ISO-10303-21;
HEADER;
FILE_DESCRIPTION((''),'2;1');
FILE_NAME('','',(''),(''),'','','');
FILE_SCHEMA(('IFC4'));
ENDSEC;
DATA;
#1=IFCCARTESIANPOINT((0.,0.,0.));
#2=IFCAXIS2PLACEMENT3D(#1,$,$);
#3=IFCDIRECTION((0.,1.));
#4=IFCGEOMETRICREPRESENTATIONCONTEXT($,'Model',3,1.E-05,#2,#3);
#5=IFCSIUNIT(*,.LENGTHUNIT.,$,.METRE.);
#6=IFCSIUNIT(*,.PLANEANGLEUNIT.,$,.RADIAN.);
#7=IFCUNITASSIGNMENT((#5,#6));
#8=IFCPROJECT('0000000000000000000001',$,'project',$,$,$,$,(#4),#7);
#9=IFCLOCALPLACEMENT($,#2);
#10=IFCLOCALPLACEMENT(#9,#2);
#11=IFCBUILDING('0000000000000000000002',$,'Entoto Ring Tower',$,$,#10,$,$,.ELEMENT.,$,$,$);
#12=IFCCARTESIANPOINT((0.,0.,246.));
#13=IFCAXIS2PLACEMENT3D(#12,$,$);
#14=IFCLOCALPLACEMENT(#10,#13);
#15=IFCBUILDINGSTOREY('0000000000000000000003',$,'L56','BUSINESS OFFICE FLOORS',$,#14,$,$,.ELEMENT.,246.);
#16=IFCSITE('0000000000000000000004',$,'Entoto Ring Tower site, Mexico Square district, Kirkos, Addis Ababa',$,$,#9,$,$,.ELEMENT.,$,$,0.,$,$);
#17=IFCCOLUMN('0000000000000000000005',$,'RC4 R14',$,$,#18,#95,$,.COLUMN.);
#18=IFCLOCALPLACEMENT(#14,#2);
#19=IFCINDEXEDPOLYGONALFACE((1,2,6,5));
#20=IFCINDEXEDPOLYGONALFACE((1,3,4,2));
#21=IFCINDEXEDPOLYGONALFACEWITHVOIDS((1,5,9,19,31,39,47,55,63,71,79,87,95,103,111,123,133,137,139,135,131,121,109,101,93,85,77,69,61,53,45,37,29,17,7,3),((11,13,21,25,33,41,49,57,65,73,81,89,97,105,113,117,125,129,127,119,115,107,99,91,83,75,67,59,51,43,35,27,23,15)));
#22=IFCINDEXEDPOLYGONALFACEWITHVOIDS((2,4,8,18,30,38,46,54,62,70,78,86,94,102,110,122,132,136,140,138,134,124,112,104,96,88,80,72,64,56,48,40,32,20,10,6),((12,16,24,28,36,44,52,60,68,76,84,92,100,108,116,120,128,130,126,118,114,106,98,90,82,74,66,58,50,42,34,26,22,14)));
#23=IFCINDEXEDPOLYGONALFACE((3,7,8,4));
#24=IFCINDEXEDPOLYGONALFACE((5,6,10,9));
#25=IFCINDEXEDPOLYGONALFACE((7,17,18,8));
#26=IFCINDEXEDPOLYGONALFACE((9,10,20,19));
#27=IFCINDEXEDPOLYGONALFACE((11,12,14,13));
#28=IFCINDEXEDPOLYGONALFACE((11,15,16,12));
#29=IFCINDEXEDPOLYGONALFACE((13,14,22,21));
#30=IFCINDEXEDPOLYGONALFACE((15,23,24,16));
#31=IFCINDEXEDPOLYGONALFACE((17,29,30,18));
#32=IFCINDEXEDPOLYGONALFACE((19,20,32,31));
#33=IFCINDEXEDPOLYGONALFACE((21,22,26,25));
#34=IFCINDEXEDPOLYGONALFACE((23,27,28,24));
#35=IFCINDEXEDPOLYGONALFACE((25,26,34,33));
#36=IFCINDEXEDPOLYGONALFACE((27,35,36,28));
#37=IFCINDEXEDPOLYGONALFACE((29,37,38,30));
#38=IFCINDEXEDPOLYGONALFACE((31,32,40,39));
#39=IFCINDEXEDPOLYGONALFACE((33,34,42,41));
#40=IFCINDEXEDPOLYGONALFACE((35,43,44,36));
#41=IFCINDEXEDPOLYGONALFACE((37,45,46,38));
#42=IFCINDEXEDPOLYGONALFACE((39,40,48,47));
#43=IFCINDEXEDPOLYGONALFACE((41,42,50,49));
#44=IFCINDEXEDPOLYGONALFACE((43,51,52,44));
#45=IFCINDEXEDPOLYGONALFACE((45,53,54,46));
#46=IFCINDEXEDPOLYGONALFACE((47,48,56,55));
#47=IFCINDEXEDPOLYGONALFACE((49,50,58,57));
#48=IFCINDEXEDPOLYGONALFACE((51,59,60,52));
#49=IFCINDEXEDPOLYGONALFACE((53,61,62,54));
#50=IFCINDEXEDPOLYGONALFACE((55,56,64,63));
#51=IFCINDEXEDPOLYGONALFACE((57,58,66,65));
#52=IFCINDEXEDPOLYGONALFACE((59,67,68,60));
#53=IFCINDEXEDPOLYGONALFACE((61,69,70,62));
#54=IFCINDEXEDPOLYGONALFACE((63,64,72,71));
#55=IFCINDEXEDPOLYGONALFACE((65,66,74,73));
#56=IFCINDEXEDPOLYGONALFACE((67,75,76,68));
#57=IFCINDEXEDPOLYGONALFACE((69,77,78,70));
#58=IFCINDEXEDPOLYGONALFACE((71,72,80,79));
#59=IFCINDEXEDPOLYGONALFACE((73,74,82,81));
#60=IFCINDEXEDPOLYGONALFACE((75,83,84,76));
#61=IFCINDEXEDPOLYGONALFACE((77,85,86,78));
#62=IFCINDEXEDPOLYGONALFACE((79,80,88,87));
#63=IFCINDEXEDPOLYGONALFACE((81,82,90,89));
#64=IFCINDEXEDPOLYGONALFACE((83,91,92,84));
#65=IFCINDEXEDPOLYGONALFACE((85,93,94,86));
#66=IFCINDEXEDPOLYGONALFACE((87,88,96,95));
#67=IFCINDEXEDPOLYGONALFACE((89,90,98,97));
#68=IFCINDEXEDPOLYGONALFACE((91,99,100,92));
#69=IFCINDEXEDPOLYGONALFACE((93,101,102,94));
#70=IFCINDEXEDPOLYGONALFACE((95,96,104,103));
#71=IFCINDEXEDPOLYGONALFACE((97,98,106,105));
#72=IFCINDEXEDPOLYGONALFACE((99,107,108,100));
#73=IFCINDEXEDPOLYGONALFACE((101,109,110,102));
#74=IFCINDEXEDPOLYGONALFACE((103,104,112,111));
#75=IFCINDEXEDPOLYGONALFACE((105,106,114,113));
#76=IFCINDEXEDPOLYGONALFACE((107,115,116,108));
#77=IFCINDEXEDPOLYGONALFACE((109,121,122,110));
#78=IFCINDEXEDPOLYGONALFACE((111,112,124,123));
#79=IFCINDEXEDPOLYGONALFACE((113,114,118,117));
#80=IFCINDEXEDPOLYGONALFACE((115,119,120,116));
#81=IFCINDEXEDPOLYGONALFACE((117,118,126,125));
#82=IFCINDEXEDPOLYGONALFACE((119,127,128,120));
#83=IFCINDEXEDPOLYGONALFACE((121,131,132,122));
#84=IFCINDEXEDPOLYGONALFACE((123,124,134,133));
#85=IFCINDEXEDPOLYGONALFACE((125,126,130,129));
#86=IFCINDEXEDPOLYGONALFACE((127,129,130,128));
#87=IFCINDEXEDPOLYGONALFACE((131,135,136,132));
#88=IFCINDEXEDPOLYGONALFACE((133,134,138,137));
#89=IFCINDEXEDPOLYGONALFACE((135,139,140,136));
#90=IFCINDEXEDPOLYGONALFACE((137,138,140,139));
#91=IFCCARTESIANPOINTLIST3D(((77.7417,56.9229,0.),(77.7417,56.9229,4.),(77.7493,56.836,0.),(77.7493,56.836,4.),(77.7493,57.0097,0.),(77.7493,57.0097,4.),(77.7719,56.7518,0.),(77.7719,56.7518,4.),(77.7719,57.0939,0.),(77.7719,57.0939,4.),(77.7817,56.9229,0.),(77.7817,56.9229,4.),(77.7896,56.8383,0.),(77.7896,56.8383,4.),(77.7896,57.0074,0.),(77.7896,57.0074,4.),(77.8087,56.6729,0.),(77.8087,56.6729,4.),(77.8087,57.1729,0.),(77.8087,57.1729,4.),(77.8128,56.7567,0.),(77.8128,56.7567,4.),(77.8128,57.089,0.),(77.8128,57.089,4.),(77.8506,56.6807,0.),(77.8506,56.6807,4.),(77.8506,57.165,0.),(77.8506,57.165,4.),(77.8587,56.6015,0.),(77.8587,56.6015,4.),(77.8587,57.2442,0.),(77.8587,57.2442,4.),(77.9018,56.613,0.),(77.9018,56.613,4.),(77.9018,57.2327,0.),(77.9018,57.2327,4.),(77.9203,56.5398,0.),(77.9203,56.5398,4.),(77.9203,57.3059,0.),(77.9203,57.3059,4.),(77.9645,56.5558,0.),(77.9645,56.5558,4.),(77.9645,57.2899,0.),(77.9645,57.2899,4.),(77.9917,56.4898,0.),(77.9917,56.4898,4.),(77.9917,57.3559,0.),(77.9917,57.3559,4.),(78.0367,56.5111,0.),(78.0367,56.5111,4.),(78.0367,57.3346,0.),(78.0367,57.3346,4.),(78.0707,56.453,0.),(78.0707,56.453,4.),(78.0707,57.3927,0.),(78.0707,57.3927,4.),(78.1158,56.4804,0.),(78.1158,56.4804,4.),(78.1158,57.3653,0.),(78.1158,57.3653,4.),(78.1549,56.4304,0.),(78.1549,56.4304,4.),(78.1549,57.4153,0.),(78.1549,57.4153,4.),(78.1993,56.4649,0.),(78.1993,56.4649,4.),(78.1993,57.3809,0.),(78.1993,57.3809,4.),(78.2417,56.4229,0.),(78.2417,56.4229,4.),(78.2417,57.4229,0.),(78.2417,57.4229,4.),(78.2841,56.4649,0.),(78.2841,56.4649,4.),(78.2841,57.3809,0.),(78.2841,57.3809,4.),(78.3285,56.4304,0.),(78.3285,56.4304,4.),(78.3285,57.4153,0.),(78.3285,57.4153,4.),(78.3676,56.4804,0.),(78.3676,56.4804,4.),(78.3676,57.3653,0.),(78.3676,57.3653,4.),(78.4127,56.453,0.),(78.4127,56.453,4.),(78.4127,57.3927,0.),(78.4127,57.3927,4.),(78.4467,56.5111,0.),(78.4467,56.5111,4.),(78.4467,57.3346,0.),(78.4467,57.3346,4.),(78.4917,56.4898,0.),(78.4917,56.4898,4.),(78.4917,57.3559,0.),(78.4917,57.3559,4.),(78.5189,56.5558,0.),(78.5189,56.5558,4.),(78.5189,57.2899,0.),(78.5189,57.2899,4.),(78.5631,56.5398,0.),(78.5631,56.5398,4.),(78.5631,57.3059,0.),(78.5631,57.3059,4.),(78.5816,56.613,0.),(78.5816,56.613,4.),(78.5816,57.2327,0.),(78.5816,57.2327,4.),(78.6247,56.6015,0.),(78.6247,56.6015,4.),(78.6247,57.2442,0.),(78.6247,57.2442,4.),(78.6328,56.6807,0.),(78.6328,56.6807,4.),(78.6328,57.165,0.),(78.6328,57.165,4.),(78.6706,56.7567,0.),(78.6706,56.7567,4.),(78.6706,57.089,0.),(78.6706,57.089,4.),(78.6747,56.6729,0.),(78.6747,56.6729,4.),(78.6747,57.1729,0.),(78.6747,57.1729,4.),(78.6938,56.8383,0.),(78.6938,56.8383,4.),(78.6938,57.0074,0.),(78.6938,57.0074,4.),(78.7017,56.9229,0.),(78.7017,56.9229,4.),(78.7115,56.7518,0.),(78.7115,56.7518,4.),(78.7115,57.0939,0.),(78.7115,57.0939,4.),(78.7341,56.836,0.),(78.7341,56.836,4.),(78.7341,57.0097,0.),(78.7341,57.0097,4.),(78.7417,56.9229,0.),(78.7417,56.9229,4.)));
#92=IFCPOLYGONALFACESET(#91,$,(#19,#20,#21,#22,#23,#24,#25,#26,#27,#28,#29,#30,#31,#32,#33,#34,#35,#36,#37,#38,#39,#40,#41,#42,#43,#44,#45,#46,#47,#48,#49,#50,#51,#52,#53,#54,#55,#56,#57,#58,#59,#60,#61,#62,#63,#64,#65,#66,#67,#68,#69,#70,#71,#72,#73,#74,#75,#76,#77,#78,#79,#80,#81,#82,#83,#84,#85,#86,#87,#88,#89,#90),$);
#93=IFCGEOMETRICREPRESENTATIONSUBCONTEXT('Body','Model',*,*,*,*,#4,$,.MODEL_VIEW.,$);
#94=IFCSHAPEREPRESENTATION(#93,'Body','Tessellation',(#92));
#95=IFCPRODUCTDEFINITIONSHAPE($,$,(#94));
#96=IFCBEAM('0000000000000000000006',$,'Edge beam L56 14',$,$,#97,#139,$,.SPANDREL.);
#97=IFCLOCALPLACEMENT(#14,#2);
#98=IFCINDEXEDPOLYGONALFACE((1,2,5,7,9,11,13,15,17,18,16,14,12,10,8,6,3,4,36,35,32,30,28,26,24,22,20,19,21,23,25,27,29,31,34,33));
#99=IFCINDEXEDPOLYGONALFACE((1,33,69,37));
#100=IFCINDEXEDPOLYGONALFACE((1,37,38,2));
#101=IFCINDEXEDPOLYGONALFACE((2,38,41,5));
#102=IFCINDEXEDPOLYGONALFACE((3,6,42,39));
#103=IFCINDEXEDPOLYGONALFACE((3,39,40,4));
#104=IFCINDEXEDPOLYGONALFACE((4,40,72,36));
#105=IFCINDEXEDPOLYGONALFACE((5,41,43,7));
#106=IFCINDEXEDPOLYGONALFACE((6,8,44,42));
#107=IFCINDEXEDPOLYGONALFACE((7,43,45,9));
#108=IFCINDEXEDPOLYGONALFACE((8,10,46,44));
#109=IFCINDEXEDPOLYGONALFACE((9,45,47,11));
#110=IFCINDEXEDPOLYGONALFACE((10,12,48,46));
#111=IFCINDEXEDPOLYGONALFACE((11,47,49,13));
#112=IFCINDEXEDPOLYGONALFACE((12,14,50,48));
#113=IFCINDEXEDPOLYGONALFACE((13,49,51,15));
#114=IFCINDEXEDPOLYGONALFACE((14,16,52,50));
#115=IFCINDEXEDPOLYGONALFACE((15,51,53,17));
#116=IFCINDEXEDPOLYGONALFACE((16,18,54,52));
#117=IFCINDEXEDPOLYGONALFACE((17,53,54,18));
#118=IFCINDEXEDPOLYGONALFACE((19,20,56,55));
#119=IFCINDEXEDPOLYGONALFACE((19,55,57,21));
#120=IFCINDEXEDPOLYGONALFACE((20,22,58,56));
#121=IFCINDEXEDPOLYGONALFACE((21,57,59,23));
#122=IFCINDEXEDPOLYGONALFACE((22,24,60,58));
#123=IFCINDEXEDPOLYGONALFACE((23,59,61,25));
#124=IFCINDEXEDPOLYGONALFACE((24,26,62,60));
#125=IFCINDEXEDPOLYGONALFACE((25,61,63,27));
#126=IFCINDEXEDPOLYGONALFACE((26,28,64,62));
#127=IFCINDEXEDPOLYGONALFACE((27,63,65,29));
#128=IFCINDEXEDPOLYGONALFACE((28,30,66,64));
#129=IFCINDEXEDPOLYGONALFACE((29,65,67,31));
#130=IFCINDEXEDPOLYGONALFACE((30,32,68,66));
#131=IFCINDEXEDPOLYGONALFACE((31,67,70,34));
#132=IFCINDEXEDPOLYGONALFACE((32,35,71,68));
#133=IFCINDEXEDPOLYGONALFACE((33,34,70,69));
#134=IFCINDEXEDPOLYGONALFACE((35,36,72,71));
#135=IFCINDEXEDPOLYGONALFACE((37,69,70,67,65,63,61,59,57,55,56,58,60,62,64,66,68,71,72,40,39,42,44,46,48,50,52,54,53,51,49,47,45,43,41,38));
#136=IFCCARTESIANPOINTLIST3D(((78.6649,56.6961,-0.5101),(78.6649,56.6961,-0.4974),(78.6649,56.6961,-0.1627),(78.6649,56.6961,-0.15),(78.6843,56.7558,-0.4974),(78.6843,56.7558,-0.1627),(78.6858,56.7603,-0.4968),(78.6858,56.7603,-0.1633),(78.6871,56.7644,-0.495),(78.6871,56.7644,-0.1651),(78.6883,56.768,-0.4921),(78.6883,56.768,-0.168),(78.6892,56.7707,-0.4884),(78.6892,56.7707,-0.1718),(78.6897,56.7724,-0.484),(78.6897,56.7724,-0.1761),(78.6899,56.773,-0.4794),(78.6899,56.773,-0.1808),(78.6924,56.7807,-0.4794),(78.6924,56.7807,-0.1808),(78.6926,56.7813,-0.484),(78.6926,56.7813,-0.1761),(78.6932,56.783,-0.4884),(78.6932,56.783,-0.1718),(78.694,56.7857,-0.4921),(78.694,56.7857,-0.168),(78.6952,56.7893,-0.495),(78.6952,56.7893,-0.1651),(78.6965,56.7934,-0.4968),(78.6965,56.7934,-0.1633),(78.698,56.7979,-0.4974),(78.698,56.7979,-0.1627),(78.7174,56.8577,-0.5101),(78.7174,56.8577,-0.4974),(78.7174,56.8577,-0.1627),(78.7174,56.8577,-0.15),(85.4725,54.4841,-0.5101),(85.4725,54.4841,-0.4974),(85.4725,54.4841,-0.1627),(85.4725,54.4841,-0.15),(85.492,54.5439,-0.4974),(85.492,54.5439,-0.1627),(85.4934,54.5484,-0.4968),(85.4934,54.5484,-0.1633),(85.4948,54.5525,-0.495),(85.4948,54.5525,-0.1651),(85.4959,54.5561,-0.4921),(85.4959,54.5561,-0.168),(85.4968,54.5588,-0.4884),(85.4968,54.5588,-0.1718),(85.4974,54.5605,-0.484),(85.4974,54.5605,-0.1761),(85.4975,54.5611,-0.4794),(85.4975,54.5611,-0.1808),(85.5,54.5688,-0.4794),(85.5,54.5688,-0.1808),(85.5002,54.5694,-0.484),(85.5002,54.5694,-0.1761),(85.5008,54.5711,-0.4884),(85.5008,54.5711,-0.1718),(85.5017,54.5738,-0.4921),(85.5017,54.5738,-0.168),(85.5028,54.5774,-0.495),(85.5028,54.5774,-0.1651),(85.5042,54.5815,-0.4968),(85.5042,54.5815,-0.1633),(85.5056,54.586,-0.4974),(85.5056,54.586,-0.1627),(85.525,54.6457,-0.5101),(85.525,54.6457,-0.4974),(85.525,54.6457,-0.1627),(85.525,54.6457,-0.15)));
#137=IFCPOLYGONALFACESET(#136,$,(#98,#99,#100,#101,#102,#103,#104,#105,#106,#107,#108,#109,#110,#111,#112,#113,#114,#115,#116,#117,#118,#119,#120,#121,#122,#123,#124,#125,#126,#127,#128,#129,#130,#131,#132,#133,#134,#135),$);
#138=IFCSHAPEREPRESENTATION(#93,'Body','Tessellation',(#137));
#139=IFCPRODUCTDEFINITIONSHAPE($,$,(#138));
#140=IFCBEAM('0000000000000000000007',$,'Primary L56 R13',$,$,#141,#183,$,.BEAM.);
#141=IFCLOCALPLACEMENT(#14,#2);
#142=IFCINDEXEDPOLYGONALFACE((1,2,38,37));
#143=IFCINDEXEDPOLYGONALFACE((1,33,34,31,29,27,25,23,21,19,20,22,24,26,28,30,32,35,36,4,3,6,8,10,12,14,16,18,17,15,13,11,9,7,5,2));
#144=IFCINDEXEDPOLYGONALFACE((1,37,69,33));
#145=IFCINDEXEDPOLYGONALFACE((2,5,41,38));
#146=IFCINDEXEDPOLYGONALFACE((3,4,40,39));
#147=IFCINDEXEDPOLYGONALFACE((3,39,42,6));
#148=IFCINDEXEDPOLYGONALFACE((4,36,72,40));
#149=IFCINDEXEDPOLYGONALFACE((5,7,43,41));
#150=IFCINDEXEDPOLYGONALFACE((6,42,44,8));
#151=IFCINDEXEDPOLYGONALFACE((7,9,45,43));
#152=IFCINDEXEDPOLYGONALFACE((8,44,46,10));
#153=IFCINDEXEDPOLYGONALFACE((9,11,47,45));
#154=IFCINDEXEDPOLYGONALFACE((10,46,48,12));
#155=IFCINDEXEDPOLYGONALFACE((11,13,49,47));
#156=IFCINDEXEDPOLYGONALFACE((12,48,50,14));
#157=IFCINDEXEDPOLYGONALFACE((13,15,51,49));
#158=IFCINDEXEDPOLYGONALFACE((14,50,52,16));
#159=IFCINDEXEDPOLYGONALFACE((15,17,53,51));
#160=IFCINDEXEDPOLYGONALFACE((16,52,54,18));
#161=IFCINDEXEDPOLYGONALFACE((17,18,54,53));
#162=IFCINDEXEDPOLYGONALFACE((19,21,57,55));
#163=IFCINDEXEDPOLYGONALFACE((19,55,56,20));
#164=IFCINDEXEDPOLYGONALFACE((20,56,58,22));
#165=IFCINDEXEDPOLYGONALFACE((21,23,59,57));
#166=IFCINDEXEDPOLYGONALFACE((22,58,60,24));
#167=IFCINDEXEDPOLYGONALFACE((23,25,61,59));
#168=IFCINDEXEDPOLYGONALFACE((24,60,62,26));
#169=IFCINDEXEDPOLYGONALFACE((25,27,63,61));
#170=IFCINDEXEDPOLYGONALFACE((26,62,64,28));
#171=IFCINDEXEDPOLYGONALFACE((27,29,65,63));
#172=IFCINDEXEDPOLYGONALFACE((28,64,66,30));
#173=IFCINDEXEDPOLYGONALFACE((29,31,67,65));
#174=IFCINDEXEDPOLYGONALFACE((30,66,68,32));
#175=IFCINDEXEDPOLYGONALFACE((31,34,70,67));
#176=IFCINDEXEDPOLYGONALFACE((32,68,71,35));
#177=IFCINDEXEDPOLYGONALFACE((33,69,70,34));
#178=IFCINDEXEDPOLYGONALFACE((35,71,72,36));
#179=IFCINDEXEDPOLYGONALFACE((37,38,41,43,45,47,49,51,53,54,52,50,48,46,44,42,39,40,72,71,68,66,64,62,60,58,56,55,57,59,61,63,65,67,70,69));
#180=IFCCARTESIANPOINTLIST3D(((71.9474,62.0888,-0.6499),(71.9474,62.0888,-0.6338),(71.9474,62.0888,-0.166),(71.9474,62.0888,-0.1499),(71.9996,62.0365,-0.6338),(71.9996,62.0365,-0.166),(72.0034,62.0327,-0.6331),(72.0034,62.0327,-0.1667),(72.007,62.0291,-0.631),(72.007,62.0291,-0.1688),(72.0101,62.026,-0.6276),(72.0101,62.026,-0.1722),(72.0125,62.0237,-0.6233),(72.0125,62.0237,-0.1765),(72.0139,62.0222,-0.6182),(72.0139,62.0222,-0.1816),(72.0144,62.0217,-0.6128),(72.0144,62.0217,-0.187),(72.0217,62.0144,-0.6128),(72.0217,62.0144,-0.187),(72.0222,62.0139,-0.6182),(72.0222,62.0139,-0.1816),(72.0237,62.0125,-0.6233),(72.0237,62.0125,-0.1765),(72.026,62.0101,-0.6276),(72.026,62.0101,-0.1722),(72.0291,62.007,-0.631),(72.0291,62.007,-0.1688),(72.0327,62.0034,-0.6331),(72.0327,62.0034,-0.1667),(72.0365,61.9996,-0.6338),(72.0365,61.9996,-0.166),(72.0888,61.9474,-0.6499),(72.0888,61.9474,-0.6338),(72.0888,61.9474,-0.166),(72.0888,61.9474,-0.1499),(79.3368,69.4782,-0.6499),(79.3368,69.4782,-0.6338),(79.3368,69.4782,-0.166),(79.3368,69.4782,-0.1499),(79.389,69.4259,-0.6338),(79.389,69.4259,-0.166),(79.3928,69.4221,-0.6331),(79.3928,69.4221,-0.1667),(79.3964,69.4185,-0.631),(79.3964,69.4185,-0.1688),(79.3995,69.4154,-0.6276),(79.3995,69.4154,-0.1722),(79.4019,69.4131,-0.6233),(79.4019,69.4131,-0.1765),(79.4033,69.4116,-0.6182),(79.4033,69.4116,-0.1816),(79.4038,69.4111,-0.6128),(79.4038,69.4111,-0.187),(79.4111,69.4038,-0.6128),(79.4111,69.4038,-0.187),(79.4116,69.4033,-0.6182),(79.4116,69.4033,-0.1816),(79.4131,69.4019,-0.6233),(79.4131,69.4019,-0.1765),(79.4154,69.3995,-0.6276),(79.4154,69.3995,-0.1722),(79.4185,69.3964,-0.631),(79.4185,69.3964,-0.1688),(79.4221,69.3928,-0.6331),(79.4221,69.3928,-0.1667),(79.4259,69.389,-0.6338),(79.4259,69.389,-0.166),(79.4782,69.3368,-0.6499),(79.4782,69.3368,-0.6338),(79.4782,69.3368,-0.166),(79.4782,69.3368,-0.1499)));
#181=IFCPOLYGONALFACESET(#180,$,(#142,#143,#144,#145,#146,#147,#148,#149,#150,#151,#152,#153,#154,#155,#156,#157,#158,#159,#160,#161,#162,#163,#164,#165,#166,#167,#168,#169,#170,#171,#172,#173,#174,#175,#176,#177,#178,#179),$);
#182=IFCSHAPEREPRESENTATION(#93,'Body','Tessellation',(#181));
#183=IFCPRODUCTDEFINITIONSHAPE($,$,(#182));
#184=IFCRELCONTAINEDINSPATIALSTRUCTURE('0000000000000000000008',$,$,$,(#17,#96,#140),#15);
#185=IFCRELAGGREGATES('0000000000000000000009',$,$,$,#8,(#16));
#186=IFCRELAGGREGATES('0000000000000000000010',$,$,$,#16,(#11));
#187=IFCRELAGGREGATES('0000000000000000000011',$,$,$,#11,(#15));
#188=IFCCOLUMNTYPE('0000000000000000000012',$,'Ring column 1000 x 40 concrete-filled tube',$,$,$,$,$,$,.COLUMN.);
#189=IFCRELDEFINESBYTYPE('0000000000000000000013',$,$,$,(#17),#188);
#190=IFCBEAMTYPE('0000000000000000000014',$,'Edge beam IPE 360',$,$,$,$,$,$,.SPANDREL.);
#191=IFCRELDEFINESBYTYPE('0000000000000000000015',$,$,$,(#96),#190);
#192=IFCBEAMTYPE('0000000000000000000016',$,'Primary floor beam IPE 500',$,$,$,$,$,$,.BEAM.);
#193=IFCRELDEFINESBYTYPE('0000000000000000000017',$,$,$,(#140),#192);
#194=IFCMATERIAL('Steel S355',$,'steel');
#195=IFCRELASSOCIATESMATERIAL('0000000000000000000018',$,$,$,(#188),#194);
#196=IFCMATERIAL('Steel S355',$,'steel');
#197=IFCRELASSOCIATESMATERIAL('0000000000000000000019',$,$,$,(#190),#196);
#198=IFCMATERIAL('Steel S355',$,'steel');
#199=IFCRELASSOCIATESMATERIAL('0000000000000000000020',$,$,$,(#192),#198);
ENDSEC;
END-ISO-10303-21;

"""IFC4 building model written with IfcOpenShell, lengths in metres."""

from ifc_helpers import new_model, si_unit, direction, frame, origin, origin_2d, place, context, subcontext, project, spatial, circle, hollow_circle, i_section, extrude, material, material_profile, profile_set, type_object, element, save


model = new_model("IFC4")

# Units and contexts
model_context = context("Model", 3, precision=1e-05, world=origin(), true_north=direction((0.0, 1.0)))
body_context = subcontext(model_context, "Body", "Model", "MODEL_VIEW")
ifc_project = project(units=[si_unit("LENGTHUNIT", "METRE"), si_unit("PLANEANGLEUNIT", "RADIAN")], contexts=[model_context])

# Site, building, storey
site_placement = place(None, origin())
site = spatial("IfcSite", under=ifc_project, at=site_placement, Name="Entoto Ring Tower site, Mexico Square district, Kirkos, Addis Ababa", CompositionType="ELEMENT", RefElevation=0.0)
building_placement = place(site_placement, origin())
building = spatial("IfcBuilding", under=site, at=building_placement, Name="Entoto Ring Tower", CompositionType="ELEMENT")
storey_placement = place(building_placement, frame((0.0, 0.0, 246.0)))
storey = spatial("IfcBuildingStorey", under=building, at=storey_placement, Name="L56", Description="BUSINESS OFFICE FLOORS", CompositionType="ELEMENT", Elevation=246.0)

# Column
ifc_material_1 = material(Name="Steel S355", Category="steel")
ifc_material_profile_1 = material_profile(ifc_material_1, hollow_circle(Radius=0.5, WallThickness=0.04, at=origin_2d()), Name="CHS 1000 x 40")
ifc_material_2 = material(Name="Concrete C60/75", Category="concrete")
ifc_material_profile_2 = material_profile(ifc_material_2, circle(Radius=0.46, at=origin_2d()), Name="Concrete C60/75 infill")
ifc_profile_set_1 = profile_set([ifc_material_profile_1, ifc_material_profile_2], Name="Steel S355")
column_type = type_object("IfcColumnType", Name="Ring column 1000 x 40 concrete-filled tube", PredefinedType="COLUMN", material=ifc_profile_set_1)
column_placement = place(storey_placement, frame((78.2417, 56.9229, 0.0), z_axis=(0.0, 0.0, 1.0), x_axis=(1.0, 0.0, 0.0)))
element("IfcColumn", 1, at=column_placement, inside=storey, type_object=column_type, Name="RC4 R14", PredefinedType="COLUMN", context=body_context, shape_type="SweptSolid", body=[
    extrude(hollow_circle(Radius=0.5, WallThickness=0.04, at=origin_2d()), origin(), (0.0, 0.0, 1.0), 4.0),
])

# Beams
ifc_material_3 = material(Name="Steel S355", Category="steel")
ifc_material_profile_3 = material_profile(ifc_material_3, i_section(OverallWidth=0.1699, OverallDepth=0.3601, WebThickness=0.0081, FlangeThickness=0.0127, FilletRadius=0.0181, at=origin_2d()), Name="IPE 360")
ifc_profile_set_2 = profile_set([ifc_material_profile_3], Name="Steel S355")
beam_type_1 = type_object("IfcBeamType", Name="Edge beam IPE 360", PredefinedType="SPANDREL", material=ifc_profile_set_2)
beam_1_placement = place(storey_placement, frame((78.6912, 56.7769, -0.3301), z_axis=(0.951057, -0.309015, 0.0), x_axis=(0.309015, 0.951057, 0.0)))
element("IfcBeam", 2, at=beam_1_placement, inside=storey, type_object=beam_type_1, Name="Edge beam L56 14", PredefinedType="SPANDREL", context=body_context, shape_type="SweptSolid", body=[
    extrude(i_section(OverallWidth=0.1699, OverallDepth=0.3601, WebThickness=0.0081, FlangeThickness=0.0127, FilletRadius=0.0181, at=origin_2d()), origin(), (0.0, 0.0, 1.0), 7.158),
])
ifc_material_4 = material(Name="Steel S355", Category="steel")
ifc_material_profile_4 = material_profile(ifc_material_4, i_section(OverallWidth=0.2, OverallDepth=0.5, WebThickness=0.0103, FlangeThickness=0.0161, FilletRadius=0.021, at=origin_2d()), Name="IPE 500")
ifc_profile_set_3 = profile_set([ifc_material_profile_4], Name="Steel S355")
beam_type_2 = type_object("IfcBeamType", Name="Primary floor beam IPE 500", PredefinedType="BEAM", material=ifc_profile_set_3)
beam_2_placement = place(storey_placement, frame((79.4075, 69.4075, -0.3999), z_axis=(-0.707107, -0.707107, 0.0), x_axis=(0.707107, -0.707107, 0.0)))
element("IfcBeam", 3, at=beam_2_placement, inside=storey, type_object=beam_type_2, Name="Primary L56 R13", PredefinedType="BEAM", context=body_context, shape_type="SweptSolid", body=[
    extrude(i_section(OverallWidth=0.2, OverallDepth=0.5, WebThickness=0.0103, FlangeThickness=0.0161, FilletRadius=0.021, at=origin_2d()), origin(), (0.0, 0.0, 1.0), 10.4502),
])

save(model, "model.ifc")
